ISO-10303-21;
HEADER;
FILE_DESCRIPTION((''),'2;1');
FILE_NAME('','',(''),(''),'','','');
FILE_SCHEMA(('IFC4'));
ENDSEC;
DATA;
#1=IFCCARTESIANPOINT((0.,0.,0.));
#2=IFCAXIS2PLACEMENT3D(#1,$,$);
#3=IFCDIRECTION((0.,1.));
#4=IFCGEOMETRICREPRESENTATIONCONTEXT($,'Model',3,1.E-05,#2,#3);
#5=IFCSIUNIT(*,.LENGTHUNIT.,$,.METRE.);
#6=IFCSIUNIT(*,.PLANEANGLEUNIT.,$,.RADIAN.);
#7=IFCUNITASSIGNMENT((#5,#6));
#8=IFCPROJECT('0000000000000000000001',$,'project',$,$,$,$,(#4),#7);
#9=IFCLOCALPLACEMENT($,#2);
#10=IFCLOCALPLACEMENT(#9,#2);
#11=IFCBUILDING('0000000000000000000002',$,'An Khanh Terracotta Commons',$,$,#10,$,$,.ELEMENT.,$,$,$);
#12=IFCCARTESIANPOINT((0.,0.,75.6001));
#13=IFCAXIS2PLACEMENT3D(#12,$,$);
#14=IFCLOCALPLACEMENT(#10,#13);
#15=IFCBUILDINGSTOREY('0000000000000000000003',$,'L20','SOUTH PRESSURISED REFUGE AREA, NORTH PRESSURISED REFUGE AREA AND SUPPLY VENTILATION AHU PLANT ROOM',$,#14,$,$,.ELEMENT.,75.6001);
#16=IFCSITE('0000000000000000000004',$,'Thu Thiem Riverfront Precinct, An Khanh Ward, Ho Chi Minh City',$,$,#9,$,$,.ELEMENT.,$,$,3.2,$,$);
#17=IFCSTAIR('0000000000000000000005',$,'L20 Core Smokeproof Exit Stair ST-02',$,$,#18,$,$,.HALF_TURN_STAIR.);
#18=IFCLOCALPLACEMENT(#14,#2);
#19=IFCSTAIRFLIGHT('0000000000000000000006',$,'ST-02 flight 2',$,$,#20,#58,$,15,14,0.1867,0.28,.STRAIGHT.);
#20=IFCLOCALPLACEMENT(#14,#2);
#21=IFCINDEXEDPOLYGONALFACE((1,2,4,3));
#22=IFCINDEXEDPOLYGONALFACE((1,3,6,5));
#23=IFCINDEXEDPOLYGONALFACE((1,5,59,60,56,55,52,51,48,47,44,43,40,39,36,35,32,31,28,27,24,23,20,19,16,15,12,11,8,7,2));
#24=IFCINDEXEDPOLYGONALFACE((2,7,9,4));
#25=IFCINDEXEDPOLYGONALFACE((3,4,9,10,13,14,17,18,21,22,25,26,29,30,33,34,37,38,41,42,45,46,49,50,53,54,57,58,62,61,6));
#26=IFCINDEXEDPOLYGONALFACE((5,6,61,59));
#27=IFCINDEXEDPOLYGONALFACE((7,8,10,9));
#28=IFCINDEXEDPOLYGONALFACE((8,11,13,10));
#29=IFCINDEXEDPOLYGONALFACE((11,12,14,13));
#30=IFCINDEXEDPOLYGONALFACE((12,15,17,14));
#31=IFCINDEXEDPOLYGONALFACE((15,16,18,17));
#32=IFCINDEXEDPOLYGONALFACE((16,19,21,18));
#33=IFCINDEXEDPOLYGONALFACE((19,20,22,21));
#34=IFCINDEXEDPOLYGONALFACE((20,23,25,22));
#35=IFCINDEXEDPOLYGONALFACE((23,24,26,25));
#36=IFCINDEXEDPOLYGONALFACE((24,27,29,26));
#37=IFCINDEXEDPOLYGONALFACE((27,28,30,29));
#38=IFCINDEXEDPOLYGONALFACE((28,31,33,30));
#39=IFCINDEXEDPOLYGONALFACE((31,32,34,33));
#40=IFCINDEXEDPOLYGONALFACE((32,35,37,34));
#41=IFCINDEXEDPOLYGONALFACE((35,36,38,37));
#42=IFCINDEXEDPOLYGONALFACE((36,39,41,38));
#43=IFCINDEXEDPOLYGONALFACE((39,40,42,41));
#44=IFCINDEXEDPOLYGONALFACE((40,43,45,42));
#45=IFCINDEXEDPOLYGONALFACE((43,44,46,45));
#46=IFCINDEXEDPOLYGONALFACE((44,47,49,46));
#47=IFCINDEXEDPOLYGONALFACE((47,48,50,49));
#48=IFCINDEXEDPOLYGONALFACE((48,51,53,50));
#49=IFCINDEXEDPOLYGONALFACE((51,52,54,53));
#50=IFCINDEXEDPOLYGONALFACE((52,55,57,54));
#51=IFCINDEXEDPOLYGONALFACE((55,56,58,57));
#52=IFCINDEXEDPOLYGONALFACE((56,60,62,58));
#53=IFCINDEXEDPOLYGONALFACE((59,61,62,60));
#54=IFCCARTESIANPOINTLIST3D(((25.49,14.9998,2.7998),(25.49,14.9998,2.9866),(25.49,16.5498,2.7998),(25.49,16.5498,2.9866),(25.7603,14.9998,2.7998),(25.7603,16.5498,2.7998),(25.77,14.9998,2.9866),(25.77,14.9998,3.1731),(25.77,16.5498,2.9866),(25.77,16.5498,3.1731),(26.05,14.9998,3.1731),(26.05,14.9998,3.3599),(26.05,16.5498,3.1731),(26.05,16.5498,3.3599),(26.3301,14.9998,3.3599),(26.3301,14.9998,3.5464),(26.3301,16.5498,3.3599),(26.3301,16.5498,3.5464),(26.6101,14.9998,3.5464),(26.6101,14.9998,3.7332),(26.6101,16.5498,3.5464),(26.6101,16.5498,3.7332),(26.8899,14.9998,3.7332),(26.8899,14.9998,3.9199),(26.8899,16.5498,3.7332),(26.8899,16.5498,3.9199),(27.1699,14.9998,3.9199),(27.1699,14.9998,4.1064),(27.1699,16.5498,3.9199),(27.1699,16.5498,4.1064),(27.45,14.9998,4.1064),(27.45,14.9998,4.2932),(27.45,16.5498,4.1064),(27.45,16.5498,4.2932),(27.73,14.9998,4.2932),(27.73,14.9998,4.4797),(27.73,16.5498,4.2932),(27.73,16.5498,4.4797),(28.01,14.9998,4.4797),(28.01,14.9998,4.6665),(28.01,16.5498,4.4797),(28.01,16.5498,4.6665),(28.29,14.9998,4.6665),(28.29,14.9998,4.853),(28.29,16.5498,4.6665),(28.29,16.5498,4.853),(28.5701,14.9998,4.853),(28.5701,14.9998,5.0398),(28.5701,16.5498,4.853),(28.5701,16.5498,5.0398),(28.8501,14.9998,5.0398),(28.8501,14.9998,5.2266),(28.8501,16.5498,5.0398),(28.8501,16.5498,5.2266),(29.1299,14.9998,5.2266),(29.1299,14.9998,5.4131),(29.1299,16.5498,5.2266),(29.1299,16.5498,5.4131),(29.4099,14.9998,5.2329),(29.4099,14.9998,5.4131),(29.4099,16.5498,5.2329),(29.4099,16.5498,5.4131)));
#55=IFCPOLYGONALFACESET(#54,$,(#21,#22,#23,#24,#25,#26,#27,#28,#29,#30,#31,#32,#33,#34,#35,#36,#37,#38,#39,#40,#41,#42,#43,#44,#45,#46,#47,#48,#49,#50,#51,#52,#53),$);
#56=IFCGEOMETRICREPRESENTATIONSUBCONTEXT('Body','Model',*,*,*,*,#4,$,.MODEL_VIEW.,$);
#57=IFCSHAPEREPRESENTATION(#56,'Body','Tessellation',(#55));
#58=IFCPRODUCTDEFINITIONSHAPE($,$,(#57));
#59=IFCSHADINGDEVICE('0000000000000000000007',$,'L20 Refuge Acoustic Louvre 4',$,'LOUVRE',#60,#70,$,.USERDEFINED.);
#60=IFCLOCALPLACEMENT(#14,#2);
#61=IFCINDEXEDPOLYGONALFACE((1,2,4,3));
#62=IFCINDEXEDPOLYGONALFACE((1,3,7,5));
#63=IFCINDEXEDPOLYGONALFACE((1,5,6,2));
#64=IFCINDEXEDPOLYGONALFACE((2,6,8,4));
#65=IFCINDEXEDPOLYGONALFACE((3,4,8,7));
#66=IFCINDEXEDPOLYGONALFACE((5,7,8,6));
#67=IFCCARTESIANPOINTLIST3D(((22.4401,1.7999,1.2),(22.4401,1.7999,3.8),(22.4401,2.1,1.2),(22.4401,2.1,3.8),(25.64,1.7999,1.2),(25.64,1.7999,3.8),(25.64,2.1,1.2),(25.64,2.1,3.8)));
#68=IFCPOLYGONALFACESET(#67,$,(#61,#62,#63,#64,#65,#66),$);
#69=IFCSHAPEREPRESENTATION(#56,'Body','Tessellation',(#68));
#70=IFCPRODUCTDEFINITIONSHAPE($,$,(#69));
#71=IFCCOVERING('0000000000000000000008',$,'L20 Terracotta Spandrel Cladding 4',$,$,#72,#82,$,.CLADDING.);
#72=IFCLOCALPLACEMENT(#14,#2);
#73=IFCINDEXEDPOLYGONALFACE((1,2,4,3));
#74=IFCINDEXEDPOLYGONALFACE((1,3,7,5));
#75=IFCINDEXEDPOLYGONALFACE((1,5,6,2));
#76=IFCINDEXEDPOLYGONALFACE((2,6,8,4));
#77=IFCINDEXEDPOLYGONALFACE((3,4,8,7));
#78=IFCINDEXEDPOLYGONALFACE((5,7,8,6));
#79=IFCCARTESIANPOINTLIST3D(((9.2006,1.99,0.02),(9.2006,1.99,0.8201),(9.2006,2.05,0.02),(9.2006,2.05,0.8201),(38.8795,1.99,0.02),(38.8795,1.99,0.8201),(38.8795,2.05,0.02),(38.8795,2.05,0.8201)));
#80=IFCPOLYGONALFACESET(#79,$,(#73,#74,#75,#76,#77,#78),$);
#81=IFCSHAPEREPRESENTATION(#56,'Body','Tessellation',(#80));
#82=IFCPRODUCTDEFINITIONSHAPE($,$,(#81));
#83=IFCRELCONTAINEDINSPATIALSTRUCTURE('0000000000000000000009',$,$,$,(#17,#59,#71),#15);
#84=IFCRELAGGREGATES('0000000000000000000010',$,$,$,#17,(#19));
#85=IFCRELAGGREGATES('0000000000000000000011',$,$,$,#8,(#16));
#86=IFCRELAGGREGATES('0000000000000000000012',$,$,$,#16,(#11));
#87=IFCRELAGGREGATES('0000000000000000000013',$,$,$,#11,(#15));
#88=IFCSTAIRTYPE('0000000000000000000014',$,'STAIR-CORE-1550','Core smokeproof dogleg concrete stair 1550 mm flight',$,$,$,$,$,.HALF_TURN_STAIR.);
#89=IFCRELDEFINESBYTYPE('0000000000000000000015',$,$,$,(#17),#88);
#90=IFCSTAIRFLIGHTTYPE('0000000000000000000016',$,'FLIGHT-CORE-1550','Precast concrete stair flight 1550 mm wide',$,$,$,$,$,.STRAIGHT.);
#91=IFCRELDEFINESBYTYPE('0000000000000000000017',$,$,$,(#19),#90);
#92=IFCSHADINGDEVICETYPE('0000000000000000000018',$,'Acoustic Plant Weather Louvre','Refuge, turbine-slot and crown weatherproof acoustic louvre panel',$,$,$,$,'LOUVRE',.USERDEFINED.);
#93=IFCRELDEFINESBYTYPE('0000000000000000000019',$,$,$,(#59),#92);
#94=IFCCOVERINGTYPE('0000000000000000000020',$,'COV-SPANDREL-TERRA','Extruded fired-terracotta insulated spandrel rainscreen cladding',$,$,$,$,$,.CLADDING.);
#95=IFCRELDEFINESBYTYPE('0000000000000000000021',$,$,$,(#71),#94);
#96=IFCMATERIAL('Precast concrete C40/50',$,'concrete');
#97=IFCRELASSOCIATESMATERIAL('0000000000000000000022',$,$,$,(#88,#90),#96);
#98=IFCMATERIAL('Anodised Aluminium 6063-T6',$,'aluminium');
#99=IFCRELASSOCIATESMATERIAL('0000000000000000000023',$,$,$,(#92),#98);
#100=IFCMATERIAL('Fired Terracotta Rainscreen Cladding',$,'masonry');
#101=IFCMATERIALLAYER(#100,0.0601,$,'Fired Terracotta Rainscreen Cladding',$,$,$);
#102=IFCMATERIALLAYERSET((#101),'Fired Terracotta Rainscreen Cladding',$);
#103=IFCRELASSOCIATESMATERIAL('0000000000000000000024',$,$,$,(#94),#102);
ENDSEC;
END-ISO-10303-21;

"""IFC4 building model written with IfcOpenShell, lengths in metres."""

from ifc_helpers import new_model, si_unit, direction, frame, origin, origin_2d, place, context, subcontext, project, spatial, polyline, rectangle, outline, extrude, material, layer, layer_set, type_object, element, aggregate, save


model = new_model("IFC4")

# Units and contexts
model_context = context("Model", 3, precision=1e-05, world=origin(), true_north=direction((0.0, 1.0)))
body_context = subcontext(model_context, "Body", "Model", "MODEL_VIEW")
ifc_project = project(units=[si_unit("LENGTHUNIT", "METRE"), si_unit("PLANEANGLEUNIT", "RADIAN")], contexts=[model_context])

# Site, building, storey
site_placement = place(None, origin())
site = spatial("IfcSite", under=ifc_project, at=site_placement, Name="Thu Thiem Riverfront Precinct, An Khanh Ward, Ho Chi Minh City", CompositionType="ELEMENT", RefElevation=3.2)
building_placement = place(site_placement, origin())
building = spatial("IfcBuilding", under=site, at=building_placement, Name="An Khanh Terracotta Commons", CompositionType="ELEMENT")
storey_placement = place(building_placement, frame((0.0, 0.0, 75.6001)))
storey = spatial("IfcBuildingStorey", under=building, at=storey_placement, Name="L20", Description="SOUTH PRESSURISED REFUGE AREA, NORTH PRESSURISED REFUGE AREA AND SUPPLY VENTILATION AHU PLANT ROOM", CompositionType="ELEMENT", Elevation=75.6001)

# Stair, stair flight
ifc_material_1 = material(Name="Precast concrete C40/50", Category="concrete")
stair_type = type_object("IfcStairType", Name="STAIR-CORE-1550", Description="Core smokeproof dogleg concrete stair 1550 mm flight", PredefinedType="HALF_TURN_STAIR", material=ifc_material_1)
stair_placement = place(storey_placement, origin())
stair = element("IfcStair", 1, at=stair_placement, inside=storey, type_object=stair_type, Name="L20 Core Smokeproof Exit Stair ST-02", PredefinedType="HALF_TURN_STAIR")
stair_flight_type = type_object("IfcStairFlightType", Name="FLIGHT-CORE-1550", Description="Precast concrete stair flight 1550 mm wide", PredefinedType="STRAIGHT", material=ifc_material_1)
stair_flight_1_placement = place(storey_placement, frame((25.49, 15.7749, 2.7998), z_axis=(0.0, 0.0, 1.0), x_axis=(1.0, 0.0, 0.0)))
stair_flight_1 = element("IfcStairFlight", 2, at=stair_flight_1_placement, type_object=stair_flight_type, Name="ST-02 flight 2", NumberOfRisers=15, NumberOfTreads=14, PredefinedType="STRAIGHT", RiserHeight=0.1867, TreadLength=0.28, context=body_context, shape_type="SweptSolid", body=[
    extrude(outline(polyline([(0.0, 0.0), (0.0, 0.1868), (0.28, 0.1868), (0.28, 0.3733), (0.5601, 0.3733), (0.5601, 0.5601), (0.8401, 0.5601), (0.8401, 0.7466), (1.1201, 0.7466), (1.1201, 0.9333), (1.3999, 0.9333), (1.3999, 1.1201), (1.6799, 1.1201), (1.6799, 1.3066), (1.96, 1.3066), (1.96, 1.4934), (2.24, 1.4934), (2.24, 1.6799), (2.52, 1.6799), (2.52, 1.8667), (2.8, 1.8667), (2.8, 2.0532), (3.0801, 2.0532), (3.0801, 2.24), (3.3601, 2.24), (3.3601, 2.4268), (3.6399, 2.4268), (3.6399, 2.6133), (3.9199, 2.6133), (3.9199, 2.8), (3.9199, 2.4331), (0.2703, 0.0), (0.0, 0.0)])), frame((0.0, 0.7749, 0.0), z_axis=(0.0, -1.0, 0.0), x_axis=(1.0, 0.0, 0.0)), (0.0, 0.0, 1.0), 1.55),
])
aggregate(stair, [stair_flight_1])

# Shading device
ifc_material_2 = material(Name="Anodised Aluminium 6063-T6", Category="aluminium")
shading_device_type = type_object("IfcShadingDeviceType", Name="Acoustic Plant Weather Louvre", Description="Refuge, turbine-slot and crown weatherproof acoustic louvre panel", ElementType="LOUVRE", PredefinedType="USERDEFINED", material=ifc_material_2)
shading_device_placement = place(storey_placement, frame((24.04, 1.95, 1.2), z_axis=(0.0, 0.0, 1.0), x_axis=(1.0, 0.0, 0.0)))
element("IfcShadingDevice", 3, at=shading_device_placement, inside=storey, type_object=shading_device_type, Name="L20 Refuge Acoustic Louvre 4", ObjectType="LOUVRE", PredefinedType="USERDEFINED", context=body_context, shape_type="SweptSolid", body=[
    extrude(rectangle(XDim=3.2, YDim=0.3, at=origin_2d()), origin(), (0.0, 0.0, 1.0), 2.6001),
])

# Covering
ifc_material_3 = material(Name="Fired Terracotta Rainscreen Cladding", Category="masonry")
ifc_layer_1 = layer(ifc_material_3, 0.0601, Name="Fired Terracotta Rainscreen Cladding")
ifc_layer_set_1 = layer_set([ifc_layer_1], Name="Fired Terracotta Rainscreen Cladding")
covering_type = type_object("IfcCoveringType", Name="COV-SPANDREL-TERRA", Description="Extruded fired-terracotta insulated spandrel rainscreen cladding", PredefinedType="CLADDING", material=ifc_layer_set_1)
covering_placement = place(storey_placement, frame((24.04, 2.02, 0.02), z_axis=(0.0, 0.0, 1.0), x_axis=(1.0, 0.0, 0.0)))
element("IfcCovering", 4, at=covering_placement, inside=storey, type_object=covering_type, Name="L20 Terracotta Spandrel Cladding 4", PredefinedType="CLADDING", context=body_context, shape_type="SweptSolid", body=[
    extrude(rectangle(XDim=29.679, YDim=0.0601, at=origin_2d()), origin(), (0.0, 0.0, 1.0), 0.8),
])

save(model, "model.ifc")
